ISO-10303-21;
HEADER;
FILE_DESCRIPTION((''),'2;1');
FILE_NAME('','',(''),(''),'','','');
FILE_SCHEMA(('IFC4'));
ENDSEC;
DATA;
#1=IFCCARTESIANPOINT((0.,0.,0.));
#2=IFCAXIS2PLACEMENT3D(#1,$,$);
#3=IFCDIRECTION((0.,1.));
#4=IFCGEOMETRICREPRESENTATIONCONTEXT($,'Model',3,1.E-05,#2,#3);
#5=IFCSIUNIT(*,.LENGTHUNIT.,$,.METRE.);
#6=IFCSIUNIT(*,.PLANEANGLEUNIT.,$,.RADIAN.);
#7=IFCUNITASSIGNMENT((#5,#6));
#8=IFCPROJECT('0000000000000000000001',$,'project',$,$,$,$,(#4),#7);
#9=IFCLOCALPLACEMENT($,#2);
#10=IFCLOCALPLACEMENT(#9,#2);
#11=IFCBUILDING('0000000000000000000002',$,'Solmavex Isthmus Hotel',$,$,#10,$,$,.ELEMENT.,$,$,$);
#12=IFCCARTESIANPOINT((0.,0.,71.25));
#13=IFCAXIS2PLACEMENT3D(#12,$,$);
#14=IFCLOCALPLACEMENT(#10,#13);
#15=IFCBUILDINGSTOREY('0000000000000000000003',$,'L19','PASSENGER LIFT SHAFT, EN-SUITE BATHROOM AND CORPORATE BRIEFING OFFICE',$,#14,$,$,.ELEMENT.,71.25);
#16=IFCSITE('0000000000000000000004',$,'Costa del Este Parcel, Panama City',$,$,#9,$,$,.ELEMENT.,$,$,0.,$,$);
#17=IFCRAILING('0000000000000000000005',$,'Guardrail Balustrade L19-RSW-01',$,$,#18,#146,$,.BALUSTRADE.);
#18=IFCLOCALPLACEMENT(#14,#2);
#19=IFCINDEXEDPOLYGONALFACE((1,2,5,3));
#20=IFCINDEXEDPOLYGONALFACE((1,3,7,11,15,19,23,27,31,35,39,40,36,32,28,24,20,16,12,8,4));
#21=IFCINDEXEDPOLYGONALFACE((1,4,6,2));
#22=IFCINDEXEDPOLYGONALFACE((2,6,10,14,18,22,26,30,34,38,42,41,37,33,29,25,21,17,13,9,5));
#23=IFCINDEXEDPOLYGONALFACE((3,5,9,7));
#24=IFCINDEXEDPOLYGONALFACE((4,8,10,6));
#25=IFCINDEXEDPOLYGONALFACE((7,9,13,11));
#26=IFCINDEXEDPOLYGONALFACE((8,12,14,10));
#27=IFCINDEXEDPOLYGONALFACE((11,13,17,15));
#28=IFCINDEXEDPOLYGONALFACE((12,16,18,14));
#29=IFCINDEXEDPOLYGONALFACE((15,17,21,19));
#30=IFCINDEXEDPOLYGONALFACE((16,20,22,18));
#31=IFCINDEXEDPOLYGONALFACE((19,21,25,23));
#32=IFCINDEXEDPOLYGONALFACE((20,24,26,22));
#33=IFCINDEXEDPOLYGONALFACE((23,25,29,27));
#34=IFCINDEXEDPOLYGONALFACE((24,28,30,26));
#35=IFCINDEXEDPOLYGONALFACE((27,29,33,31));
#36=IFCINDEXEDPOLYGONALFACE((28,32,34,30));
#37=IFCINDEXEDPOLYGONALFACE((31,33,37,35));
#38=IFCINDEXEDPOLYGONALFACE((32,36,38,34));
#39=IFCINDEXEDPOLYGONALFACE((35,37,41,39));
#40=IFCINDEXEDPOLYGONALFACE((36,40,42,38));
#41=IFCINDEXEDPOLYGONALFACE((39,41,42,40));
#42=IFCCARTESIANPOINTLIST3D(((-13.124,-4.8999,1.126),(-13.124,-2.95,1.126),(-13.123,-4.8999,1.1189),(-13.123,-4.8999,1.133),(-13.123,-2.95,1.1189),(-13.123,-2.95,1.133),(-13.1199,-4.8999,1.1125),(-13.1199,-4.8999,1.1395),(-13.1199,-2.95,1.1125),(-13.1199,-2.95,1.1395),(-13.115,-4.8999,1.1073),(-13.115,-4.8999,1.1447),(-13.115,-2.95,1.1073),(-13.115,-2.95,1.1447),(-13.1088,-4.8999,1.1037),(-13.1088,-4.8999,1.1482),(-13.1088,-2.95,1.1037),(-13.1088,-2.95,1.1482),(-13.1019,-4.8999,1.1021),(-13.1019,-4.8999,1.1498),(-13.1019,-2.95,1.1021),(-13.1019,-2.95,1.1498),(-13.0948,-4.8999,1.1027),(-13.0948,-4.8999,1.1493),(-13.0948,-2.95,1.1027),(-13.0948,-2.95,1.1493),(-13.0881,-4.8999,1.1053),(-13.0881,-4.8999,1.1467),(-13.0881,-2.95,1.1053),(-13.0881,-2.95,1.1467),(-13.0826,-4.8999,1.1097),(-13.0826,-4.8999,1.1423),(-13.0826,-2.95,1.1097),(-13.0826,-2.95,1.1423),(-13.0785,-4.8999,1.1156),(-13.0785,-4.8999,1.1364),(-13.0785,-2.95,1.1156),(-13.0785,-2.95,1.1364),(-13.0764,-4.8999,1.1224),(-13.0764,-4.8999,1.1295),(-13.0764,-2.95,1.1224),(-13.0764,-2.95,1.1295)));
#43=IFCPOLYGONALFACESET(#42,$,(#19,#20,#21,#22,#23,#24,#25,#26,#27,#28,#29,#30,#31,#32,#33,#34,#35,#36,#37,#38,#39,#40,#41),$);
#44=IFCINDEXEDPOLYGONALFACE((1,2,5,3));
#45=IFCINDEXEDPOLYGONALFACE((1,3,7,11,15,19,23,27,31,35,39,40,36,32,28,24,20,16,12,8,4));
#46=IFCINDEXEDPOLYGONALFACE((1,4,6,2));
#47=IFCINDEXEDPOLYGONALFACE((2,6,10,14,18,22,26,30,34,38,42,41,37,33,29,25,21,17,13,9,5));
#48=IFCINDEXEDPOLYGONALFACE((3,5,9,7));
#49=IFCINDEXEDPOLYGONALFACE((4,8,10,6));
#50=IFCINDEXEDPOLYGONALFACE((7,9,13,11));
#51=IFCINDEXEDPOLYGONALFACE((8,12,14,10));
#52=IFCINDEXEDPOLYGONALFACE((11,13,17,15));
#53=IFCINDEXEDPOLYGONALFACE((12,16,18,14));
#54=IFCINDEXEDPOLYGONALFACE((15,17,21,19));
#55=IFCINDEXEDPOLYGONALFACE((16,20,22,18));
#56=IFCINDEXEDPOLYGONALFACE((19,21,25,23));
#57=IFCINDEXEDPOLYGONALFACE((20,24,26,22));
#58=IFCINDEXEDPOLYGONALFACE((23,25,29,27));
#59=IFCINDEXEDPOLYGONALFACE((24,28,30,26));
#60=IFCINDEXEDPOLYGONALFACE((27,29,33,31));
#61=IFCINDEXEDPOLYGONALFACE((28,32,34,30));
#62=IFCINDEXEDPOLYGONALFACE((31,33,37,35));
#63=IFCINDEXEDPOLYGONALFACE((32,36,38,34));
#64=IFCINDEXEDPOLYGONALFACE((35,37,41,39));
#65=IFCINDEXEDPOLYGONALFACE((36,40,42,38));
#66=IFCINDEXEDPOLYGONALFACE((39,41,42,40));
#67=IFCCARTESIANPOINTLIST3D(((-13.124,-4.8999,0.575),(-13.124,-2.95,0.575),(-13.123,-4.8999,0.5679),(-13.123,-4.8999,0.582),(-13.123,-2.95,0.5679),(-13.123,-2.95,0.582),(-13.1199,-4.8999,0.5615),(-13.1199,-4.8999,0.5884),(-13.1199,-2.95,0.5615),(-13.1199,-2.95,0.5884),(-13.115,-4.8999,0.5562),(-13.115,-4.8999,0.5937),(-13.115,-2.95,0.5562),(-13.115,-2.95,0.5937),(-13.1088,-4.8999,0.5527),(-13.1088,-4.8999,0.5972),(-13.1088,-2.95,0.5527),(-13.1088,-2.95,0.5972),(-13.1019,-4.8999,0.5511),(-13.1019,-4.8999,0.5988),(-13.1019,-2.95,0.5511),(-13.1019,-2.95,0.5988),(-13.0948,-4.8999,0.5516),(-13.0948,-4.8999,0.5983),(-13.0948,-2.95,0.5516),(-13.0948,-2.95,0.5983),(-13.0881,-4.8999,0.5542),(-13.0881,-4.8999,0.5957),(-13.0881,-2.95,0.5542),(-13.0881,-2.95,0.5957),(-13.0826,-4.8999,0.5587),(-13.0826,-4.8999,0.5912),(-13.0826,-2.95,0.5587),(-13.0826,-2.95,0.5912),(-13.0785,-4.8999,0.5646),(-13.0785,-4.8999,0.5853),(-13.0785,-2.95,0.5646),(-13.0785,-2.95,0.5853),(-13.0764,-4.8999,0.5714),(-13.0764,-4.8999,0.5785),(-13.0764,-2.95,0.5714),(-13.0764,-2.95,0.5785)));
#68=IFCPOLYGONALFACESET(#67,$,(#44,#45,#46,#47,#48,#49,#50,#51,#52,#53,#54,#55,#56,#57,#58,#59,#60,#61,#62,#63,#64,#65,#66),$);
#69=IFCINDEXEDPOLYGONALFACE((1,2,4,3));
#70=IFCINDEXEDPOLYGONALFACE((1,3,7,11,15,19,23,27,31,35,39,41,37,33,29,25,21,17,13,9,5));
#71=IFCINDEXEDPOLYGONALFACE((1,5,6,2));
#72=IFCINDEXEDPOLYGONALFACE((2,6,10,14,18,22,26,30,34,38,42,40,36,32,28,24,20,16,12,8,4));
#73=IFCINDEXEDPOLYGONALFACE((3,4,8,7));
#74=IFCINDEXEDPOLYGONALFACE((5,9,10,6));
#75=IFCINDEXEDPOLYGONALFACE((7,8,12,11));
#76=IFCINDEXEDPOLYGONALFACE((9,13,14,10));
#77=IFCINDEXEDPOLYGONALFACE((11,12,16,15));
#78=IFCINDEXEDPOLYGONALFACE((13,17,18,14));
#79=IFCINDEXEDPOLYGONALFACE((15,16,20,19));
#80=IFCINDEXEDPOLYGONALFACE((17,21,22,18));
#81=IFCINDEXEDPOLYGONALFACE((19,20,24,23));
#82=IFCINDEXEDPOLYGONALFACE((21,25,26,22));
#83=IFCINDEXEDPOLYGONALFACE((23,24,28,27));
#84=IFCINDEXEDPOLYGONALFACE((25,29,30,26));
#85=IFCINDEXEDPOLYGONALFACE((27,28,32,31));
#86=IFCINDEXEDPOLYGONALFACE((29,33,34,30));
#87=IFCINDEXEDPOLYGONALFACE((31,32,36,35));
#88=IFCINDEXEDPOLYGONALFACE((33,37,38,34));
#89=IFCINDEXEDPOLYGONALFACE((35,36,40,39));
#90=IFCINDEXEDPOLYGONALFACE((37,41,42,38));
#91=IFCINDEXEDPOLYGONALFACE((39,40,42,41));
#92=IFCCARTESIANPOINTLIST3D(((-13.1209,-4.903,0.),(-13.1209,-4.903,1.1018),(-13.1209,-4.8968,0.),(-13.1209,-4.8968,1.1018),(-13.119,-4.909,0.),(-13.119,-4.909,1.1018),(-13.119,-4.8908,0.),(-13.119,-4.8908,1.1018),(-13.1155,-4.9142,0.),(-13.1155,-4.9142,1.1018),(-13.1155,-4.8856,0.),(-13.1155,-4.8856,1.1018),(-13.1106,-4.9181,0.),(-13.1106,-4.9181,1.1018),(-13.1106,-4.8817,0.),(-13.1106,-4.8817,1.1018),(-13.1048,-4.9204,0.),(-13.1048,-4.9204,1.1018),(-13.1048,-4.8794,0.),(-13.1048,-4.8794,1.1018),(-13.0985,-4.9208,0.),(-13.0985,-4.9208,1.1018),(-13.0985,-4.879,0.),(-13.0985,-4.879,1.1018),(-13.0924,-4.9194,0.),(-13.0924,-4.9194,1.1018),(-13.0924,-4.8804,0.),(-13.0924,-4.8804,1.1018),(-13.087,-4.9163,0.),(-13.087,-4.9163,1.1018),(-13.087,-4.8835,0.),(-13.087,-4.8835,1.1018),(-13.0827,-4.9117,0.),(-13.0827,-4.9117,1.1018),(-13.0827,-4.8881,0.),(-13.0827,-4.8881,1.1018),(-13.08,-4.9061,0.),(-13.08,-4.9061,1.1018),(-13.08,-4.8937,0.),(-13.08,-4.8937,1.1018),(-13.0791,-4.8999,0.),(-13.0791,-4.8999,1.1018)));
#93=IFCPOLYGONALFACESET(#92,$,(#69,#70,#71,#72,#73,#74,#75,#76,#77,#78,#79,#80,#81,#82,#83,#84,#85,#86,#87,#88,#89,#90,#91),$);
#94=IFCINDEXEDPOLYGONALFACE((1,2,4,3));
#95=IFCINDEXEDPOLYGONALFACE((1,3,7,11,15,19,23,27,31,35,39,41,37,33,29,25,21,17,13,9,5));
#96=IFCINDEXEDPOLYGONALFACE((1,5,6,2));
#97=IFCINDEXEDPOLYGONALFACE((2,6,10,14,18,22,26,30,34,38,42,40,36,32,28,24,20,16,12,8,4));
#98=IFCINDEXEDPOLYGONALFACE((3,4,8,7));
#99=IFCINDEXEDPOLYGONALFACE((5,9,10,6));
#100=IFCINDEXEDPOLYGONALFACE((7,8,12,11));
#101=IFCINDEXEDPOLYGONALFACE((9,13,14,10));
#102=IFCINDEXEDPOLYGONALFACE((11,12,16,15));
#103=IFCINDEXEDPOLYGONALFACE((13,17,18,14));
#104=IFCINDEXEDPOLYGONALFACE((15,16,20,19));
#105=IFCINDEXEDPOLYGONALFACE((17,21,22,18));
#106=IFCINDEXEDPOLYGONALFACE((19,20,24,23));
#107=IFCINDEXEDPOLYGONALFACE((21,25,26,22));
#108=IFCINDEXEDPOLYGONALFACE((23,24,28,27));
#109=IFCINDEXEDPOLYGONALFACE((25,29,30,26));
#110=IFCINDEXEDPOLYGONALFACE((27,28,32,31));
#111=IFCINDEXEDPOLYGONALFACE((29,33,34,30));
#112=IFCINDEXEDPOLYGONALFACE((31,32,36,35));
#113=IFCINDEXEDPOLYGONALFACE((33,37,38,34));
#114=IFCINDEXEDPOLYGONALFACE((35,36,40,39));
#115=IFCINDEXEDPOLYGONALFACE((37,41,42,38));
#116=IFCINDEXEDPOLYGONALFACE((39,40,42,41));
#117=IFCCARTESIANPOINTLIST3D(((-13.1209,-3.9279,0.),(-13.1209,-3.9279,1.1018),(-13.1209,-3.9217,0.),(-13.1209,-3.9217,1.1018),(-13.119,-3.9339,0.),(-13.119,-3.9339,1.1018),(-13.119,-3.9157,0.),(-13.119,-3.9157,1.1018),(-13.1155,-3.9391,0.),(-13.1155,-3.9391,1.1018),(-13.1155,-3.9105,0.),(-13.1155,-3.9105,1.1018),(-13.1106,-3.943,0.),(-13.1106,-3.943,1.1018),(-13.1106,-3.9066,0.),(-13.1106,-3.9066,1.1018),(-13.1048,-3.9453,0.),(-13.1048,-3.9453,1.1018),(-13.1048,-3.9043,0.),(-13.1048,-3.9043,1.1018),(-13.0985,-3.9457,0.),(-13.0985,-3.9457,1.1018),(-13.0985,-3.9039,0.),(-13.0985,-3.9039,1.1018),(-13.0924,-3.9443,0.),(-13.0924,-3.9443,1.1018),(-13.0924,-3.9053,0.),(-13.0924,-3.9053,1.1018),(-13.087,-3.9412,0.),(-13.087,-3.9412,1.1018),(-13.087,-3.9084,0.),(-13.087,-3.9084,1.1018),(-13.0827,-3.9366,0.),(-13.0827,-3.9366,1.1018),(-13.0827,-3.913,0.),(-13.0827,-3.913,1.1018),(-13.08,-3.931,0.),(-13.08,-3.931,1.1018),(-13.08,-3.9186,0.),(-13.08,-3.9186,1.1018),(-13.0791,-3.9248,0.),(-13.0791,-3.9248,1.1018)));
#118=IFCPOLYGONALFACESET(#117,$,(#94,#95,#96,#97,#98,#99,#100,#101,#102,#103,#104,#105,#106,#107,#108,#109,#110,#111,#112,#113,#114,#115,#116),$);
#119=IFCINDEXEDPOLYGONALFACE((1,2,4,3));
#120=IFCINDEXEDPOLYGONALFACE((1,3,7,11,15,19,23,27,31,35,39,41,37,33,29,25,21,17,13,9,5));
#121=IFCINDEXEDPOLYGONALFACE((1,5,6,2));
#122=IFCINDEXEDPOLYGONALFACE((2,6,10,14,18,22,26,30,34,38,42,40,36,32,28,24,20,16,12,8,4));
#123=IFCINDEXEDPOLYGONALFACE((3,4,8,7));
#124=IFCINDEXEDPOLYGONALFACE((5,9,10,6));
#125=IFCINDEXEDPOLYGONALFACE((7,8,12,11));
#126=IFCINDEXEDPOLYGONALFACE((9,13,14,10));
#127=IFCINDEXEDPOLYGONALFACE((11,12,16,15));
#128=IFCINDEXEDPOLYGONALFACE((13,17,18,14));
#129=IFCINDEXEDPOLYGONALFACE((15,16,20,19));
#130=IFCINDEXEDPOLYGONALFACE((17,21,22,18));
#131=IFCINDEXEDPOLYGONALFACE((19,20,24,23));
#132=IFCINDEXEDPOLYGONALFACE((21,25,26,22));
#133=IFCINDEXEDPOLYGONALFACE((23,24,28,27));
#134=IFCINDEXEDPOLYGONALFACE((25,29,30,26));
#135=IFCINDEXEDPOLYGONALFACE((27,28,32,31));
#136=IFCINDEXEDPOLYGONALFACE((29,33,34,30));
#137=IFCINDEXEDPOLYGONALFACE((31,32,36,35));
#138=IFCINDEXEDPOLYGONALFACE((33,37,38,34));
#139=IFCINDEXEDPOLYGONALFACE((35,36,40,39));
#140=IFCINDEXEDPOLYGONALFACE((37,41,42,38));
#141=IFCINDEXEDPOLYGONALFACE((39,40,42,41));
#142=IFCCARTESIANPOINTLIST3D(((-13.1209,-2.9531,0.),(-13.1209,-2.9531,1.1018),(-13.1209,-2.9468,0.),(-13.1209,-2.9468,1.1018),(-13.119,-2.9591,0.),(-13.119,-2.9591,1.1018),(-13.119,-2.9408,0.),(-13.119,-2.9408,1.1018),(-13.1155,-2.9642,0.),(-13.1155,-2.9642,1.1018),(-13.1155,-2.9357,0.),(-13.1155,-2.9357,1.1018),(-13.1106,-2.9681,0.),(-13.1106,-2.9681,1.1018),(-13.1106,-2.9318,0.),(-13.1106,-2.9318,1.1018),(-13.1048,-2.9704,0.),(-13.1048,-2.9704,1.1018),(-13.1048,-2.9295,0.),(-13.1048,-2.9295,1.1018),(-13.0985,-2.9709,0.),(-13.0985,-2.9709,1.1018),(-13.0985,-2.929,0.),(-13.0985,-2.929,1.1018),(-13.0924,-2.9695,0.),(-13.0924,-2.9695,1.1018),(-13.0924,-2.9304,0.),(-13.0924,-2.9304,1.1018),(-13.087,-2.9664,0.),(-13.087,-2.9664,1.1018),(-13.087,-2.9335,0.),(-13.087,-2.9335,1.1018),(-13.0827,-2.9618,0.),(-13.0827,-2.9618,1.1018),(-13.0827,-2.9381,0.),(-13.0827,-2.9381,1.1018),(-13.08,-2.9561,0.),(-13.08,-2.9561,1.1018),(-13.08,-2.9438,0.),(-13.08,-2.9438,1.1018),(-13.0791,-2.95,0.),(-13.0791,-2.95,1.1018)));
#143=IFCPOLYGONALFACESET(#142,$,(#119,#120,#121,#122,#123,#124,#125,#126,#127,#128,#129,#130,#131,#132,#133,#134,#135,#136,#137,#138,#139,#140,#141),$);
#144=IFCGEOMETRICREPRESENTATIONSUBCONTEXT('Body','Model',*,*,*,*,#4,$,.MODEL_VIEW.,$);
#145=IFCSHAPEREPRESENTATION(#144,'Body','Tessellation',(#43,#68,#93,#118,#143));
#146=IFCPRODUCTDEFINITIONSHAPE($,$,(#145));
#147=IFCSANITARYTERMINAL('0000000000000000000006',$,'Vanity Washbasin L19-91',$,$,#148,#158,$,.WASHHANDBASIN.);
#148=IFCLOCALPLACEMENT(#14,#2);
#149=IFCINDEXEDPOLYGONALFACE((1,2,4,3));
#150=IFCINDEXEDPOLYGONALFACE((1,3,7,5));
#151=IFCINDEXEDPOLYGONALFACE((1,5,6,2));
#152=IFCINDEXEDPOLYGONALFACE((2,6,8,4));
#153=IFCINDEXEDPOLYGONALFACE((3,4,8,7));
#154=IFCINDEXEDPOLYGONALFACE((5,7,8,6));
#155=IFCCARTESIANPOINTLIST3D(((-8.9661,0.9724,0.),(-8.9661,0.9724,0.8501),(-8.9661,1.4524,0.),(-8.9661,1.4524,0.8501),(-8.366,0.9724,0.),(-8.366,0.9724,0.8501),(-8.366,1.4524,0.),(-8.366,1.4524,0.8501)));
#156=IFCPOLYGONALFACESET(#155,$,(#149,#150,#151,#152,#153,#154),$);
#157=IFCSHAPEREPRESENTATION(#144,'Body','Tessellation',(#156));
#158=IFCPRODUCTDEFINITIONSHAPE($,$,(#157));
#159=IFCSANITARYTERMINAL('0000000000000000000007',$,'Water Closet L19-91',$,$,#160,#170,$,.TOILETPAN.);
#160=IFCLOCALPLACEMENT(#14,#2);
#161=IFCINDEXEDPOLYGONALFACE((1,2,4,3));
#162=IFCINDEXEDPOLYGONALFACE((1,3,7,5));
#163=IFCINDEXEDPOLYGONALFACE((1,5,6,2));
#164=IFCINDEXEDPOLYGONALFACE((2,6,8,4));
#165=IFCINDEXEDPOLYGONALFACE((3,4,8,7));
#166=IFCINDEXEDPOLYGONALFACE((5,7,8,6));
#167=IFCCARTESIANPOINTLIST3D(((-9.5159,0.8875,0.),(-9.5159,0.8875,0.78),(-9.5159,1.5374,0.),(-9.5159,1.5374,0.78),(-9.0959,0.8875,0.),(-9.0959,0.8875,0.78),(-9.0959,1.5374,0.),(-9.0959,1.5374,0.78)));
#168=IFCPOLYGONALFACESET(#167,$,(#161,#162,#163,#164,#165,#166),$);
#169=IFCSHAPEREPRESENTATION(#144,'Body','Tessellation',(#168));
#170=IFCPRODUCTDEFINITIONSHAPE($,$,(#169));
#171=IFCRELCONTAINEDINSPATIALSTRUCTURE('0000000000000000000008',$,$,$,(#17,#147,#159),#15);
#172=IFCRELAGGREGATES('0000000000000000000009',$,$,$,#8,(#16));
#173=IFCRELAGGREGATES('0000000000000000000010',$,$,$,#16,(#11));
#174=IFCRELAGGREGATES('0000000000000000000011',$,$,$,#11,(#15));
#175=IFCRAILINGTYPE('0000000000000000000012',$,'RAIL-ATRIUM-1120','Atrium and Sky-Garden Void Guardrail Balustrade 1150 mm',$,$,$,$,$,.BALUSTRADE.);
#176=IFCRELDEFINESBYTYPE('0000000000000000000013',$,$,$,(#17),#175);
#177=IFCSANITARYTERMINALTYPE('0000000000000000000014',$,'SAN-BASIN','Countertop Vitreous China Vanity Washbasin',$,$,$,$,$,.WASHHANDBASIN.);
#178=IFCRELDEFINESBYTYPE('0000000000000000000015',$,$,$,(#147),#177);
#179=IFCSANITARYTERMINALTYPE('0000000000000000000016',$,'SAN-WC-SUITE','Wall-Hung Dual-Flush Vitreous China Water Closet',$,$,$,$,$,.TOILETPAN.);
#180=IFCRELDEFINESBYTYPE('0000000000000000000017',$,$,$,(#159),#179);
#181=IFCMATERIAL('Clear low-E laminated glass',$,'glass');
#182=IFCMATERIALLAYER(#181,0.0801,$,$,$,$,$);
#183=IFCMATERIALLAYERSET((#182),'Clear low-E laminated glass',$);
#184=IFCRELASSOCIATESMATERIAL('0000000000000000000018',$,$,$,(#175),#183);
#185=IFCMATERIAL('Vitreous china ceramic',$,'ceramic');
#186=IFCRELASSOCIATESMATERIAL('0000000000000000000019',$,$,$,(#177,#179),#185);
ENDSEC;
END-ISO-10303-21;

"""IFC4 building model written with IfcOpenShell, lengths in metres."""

from ifc_helpers import new_model, si_unit, direction, frame, origin, origin_2d, place, context, subcontext, project, spatial, rectangle, circle, extrude, material, layer, layer_set, type_object, element, save


model = new_model("IFC4")

# Units and contexts
model_context = context("Model", 3, precision=1e-05, world=origin(), true_north=direction((0.0, 1.0)))
body_context = subcontext(model_context, "Body", "Model", "MODEL_VIEW")
ifc_project = project(units=[si_unit("LENGTHUNIT", "METRE"), si_unit("PLANEANGLEUNIT", "RADIAN")], contexts=[model_context])

# Site, building, storey
site_placement = place(None, origin())
site = spatial("IfcSite", under=ifc_project, at=site_placement, Name="Costa del Este Parcel, Panama City", CompositionType="ELEMENT", RefElevation=0.0)
building_placement = place(site_placement, origin())
building = spatial("IfcBuilding", under=site, at=building_placement, Name="Solmavex Isthmus Hotel", CompositionType="ELEMENT")
storey_placement = place(building_placement, frame((0.0, 0.0, 71.25)))
storey = spatial("IfcBuildingStorey", under=building, at=storey_placement, Name="L19", Description="PASSENGER LIFT SHAFT, EN-SUITE BATHROOM AND CORPORATE BRIEFING OFFICE", CompositionType="ELEMENT", Elevation=71.25)

# Railing
ifc_material_1 = material(Name="Clear low-E laminated glass", Category="glass")
ifc_layer_1 = layer(ifc_material_1, 0.0801)
ifc_layer_set_1 = layer_set([ifc_layer_1], Name="Clear low-E laminated glass")
railing_type = type_object("IfcRailingType", Name="RAIL-ATRIUM-1120", Description="Atrium and Sky-Garden Void Guardrail Balustrade 1150 mm", PredefinedType="BALUSTRADE", material=ifc_layer_set_1)
railing_placement = place(storey_placement, frame((-13.1001, -4.8999, 0.0)))
element("IfcRailing", 1, at=railing_placement, inside=storey, type_object=railing_type, Name="Guardrail Balustrade L19-RSW-01", PredefinedType="BALUSTRADE", context=body_context, shape_type="SweptSolid", body=[
    extrude(circle(Radius=0.0239, at=origin_2d()), frame((0.0, 0.0, 1.126), z_axis=(0.0, 1.0, 0.0), x_axis=(-1.0, 0.0, 0.0)), (0.0, 0.0, 1.0), 1.95),
    extrude(circle(Radius=0.0239, at=origin_2d()), frame((0.0, 0.0, 0.575), z_axis=(0.0, 1.0, 0.0), x_axis=(-1.0, 0.0, 0.0)), (0.0, 0.0, 1.0), 1.95),
    extrude(circle(Radius=0.021, at=origin_2d()), origin(), (0.0, 0.0, 1.0), 1.1018),
    extrude(circle(Radius=0.021, at=origin_2d()), frame((0.0, 0.9751, 0.0)), (0.0, 0.0, 1.0), 1.1018),
    extrude(circle(Radius=0.021, at=origin_2d()), frame((0.0, 1.95, 0.0)), (0.0, 0.0, 1.0), 1.1018),
])

# Sanitary terminals
ifc_material_2 = material(Name="Vitreous china ceramic", Category="ceramic")
sanitary_terminal_type_1 = type_object("IfcSanitaryTerminalType", Name="SAN-BASIN", Description="Countertop Vitreous China Vanity Washbasin", PredefinedType="WASHHANDBASIN", material=ifc_material_2)
sanitary_terminal_1_placement = place(storey_placement, frame((-8.666, 1.2124, 0.0), z_axis=(0.0, 0.0, 1.0), x_axis=(1.0, 0.0, 0.0)))
element("IfcSanitaryTerminal", 2, at=sanitary_terminal_1_placement, inside=storey, type_object=sanitary_terminal_type_1, Name="Vanity Washbasin L19-91", PredefinedType="WASHHANDBASIN", context=body_context, shape_type="SweptSolid", body=[
    extrude(rectangle(XDim=0.6001, YDim=0.48, at=origin_2d()), origin(), (0.0, 0.0, 1.0), 0.8501),
])
sanitary_terminal_type_2 = type_object("IfcSanitaryTerminalType", Name="SAN-WC-SUITE", Description="Wall-Hung Dual-Flush Vitreous China Water Closet", PredefinedType="TOILETPAN", material=ifc_material_2)
sanitary_terminal_2_placement = place(storey_placement, frame((-9.3059, 1.2124, 0.0), z_axis=(0.0, 0.0, 1.0), x_axis=(1.0, 0.0, 0.0)))
element("IfcSanitaryTerminal", 3, at=sanitary_terminal_2_placement, inside=storey, type_object=sanitary_terminal_type_2, Name="Water Closet L19-91", PredefinedType="TOILETPAN", context=body_context, shape_type="SweptSolid", body=[
    extrude(rectangle(XDim=0.4199, YDim=0.6499, at=origin_2d()), origin(), (0.0, 0.0, 1.0), 0.78),
])

save(model, "model.ifc")
